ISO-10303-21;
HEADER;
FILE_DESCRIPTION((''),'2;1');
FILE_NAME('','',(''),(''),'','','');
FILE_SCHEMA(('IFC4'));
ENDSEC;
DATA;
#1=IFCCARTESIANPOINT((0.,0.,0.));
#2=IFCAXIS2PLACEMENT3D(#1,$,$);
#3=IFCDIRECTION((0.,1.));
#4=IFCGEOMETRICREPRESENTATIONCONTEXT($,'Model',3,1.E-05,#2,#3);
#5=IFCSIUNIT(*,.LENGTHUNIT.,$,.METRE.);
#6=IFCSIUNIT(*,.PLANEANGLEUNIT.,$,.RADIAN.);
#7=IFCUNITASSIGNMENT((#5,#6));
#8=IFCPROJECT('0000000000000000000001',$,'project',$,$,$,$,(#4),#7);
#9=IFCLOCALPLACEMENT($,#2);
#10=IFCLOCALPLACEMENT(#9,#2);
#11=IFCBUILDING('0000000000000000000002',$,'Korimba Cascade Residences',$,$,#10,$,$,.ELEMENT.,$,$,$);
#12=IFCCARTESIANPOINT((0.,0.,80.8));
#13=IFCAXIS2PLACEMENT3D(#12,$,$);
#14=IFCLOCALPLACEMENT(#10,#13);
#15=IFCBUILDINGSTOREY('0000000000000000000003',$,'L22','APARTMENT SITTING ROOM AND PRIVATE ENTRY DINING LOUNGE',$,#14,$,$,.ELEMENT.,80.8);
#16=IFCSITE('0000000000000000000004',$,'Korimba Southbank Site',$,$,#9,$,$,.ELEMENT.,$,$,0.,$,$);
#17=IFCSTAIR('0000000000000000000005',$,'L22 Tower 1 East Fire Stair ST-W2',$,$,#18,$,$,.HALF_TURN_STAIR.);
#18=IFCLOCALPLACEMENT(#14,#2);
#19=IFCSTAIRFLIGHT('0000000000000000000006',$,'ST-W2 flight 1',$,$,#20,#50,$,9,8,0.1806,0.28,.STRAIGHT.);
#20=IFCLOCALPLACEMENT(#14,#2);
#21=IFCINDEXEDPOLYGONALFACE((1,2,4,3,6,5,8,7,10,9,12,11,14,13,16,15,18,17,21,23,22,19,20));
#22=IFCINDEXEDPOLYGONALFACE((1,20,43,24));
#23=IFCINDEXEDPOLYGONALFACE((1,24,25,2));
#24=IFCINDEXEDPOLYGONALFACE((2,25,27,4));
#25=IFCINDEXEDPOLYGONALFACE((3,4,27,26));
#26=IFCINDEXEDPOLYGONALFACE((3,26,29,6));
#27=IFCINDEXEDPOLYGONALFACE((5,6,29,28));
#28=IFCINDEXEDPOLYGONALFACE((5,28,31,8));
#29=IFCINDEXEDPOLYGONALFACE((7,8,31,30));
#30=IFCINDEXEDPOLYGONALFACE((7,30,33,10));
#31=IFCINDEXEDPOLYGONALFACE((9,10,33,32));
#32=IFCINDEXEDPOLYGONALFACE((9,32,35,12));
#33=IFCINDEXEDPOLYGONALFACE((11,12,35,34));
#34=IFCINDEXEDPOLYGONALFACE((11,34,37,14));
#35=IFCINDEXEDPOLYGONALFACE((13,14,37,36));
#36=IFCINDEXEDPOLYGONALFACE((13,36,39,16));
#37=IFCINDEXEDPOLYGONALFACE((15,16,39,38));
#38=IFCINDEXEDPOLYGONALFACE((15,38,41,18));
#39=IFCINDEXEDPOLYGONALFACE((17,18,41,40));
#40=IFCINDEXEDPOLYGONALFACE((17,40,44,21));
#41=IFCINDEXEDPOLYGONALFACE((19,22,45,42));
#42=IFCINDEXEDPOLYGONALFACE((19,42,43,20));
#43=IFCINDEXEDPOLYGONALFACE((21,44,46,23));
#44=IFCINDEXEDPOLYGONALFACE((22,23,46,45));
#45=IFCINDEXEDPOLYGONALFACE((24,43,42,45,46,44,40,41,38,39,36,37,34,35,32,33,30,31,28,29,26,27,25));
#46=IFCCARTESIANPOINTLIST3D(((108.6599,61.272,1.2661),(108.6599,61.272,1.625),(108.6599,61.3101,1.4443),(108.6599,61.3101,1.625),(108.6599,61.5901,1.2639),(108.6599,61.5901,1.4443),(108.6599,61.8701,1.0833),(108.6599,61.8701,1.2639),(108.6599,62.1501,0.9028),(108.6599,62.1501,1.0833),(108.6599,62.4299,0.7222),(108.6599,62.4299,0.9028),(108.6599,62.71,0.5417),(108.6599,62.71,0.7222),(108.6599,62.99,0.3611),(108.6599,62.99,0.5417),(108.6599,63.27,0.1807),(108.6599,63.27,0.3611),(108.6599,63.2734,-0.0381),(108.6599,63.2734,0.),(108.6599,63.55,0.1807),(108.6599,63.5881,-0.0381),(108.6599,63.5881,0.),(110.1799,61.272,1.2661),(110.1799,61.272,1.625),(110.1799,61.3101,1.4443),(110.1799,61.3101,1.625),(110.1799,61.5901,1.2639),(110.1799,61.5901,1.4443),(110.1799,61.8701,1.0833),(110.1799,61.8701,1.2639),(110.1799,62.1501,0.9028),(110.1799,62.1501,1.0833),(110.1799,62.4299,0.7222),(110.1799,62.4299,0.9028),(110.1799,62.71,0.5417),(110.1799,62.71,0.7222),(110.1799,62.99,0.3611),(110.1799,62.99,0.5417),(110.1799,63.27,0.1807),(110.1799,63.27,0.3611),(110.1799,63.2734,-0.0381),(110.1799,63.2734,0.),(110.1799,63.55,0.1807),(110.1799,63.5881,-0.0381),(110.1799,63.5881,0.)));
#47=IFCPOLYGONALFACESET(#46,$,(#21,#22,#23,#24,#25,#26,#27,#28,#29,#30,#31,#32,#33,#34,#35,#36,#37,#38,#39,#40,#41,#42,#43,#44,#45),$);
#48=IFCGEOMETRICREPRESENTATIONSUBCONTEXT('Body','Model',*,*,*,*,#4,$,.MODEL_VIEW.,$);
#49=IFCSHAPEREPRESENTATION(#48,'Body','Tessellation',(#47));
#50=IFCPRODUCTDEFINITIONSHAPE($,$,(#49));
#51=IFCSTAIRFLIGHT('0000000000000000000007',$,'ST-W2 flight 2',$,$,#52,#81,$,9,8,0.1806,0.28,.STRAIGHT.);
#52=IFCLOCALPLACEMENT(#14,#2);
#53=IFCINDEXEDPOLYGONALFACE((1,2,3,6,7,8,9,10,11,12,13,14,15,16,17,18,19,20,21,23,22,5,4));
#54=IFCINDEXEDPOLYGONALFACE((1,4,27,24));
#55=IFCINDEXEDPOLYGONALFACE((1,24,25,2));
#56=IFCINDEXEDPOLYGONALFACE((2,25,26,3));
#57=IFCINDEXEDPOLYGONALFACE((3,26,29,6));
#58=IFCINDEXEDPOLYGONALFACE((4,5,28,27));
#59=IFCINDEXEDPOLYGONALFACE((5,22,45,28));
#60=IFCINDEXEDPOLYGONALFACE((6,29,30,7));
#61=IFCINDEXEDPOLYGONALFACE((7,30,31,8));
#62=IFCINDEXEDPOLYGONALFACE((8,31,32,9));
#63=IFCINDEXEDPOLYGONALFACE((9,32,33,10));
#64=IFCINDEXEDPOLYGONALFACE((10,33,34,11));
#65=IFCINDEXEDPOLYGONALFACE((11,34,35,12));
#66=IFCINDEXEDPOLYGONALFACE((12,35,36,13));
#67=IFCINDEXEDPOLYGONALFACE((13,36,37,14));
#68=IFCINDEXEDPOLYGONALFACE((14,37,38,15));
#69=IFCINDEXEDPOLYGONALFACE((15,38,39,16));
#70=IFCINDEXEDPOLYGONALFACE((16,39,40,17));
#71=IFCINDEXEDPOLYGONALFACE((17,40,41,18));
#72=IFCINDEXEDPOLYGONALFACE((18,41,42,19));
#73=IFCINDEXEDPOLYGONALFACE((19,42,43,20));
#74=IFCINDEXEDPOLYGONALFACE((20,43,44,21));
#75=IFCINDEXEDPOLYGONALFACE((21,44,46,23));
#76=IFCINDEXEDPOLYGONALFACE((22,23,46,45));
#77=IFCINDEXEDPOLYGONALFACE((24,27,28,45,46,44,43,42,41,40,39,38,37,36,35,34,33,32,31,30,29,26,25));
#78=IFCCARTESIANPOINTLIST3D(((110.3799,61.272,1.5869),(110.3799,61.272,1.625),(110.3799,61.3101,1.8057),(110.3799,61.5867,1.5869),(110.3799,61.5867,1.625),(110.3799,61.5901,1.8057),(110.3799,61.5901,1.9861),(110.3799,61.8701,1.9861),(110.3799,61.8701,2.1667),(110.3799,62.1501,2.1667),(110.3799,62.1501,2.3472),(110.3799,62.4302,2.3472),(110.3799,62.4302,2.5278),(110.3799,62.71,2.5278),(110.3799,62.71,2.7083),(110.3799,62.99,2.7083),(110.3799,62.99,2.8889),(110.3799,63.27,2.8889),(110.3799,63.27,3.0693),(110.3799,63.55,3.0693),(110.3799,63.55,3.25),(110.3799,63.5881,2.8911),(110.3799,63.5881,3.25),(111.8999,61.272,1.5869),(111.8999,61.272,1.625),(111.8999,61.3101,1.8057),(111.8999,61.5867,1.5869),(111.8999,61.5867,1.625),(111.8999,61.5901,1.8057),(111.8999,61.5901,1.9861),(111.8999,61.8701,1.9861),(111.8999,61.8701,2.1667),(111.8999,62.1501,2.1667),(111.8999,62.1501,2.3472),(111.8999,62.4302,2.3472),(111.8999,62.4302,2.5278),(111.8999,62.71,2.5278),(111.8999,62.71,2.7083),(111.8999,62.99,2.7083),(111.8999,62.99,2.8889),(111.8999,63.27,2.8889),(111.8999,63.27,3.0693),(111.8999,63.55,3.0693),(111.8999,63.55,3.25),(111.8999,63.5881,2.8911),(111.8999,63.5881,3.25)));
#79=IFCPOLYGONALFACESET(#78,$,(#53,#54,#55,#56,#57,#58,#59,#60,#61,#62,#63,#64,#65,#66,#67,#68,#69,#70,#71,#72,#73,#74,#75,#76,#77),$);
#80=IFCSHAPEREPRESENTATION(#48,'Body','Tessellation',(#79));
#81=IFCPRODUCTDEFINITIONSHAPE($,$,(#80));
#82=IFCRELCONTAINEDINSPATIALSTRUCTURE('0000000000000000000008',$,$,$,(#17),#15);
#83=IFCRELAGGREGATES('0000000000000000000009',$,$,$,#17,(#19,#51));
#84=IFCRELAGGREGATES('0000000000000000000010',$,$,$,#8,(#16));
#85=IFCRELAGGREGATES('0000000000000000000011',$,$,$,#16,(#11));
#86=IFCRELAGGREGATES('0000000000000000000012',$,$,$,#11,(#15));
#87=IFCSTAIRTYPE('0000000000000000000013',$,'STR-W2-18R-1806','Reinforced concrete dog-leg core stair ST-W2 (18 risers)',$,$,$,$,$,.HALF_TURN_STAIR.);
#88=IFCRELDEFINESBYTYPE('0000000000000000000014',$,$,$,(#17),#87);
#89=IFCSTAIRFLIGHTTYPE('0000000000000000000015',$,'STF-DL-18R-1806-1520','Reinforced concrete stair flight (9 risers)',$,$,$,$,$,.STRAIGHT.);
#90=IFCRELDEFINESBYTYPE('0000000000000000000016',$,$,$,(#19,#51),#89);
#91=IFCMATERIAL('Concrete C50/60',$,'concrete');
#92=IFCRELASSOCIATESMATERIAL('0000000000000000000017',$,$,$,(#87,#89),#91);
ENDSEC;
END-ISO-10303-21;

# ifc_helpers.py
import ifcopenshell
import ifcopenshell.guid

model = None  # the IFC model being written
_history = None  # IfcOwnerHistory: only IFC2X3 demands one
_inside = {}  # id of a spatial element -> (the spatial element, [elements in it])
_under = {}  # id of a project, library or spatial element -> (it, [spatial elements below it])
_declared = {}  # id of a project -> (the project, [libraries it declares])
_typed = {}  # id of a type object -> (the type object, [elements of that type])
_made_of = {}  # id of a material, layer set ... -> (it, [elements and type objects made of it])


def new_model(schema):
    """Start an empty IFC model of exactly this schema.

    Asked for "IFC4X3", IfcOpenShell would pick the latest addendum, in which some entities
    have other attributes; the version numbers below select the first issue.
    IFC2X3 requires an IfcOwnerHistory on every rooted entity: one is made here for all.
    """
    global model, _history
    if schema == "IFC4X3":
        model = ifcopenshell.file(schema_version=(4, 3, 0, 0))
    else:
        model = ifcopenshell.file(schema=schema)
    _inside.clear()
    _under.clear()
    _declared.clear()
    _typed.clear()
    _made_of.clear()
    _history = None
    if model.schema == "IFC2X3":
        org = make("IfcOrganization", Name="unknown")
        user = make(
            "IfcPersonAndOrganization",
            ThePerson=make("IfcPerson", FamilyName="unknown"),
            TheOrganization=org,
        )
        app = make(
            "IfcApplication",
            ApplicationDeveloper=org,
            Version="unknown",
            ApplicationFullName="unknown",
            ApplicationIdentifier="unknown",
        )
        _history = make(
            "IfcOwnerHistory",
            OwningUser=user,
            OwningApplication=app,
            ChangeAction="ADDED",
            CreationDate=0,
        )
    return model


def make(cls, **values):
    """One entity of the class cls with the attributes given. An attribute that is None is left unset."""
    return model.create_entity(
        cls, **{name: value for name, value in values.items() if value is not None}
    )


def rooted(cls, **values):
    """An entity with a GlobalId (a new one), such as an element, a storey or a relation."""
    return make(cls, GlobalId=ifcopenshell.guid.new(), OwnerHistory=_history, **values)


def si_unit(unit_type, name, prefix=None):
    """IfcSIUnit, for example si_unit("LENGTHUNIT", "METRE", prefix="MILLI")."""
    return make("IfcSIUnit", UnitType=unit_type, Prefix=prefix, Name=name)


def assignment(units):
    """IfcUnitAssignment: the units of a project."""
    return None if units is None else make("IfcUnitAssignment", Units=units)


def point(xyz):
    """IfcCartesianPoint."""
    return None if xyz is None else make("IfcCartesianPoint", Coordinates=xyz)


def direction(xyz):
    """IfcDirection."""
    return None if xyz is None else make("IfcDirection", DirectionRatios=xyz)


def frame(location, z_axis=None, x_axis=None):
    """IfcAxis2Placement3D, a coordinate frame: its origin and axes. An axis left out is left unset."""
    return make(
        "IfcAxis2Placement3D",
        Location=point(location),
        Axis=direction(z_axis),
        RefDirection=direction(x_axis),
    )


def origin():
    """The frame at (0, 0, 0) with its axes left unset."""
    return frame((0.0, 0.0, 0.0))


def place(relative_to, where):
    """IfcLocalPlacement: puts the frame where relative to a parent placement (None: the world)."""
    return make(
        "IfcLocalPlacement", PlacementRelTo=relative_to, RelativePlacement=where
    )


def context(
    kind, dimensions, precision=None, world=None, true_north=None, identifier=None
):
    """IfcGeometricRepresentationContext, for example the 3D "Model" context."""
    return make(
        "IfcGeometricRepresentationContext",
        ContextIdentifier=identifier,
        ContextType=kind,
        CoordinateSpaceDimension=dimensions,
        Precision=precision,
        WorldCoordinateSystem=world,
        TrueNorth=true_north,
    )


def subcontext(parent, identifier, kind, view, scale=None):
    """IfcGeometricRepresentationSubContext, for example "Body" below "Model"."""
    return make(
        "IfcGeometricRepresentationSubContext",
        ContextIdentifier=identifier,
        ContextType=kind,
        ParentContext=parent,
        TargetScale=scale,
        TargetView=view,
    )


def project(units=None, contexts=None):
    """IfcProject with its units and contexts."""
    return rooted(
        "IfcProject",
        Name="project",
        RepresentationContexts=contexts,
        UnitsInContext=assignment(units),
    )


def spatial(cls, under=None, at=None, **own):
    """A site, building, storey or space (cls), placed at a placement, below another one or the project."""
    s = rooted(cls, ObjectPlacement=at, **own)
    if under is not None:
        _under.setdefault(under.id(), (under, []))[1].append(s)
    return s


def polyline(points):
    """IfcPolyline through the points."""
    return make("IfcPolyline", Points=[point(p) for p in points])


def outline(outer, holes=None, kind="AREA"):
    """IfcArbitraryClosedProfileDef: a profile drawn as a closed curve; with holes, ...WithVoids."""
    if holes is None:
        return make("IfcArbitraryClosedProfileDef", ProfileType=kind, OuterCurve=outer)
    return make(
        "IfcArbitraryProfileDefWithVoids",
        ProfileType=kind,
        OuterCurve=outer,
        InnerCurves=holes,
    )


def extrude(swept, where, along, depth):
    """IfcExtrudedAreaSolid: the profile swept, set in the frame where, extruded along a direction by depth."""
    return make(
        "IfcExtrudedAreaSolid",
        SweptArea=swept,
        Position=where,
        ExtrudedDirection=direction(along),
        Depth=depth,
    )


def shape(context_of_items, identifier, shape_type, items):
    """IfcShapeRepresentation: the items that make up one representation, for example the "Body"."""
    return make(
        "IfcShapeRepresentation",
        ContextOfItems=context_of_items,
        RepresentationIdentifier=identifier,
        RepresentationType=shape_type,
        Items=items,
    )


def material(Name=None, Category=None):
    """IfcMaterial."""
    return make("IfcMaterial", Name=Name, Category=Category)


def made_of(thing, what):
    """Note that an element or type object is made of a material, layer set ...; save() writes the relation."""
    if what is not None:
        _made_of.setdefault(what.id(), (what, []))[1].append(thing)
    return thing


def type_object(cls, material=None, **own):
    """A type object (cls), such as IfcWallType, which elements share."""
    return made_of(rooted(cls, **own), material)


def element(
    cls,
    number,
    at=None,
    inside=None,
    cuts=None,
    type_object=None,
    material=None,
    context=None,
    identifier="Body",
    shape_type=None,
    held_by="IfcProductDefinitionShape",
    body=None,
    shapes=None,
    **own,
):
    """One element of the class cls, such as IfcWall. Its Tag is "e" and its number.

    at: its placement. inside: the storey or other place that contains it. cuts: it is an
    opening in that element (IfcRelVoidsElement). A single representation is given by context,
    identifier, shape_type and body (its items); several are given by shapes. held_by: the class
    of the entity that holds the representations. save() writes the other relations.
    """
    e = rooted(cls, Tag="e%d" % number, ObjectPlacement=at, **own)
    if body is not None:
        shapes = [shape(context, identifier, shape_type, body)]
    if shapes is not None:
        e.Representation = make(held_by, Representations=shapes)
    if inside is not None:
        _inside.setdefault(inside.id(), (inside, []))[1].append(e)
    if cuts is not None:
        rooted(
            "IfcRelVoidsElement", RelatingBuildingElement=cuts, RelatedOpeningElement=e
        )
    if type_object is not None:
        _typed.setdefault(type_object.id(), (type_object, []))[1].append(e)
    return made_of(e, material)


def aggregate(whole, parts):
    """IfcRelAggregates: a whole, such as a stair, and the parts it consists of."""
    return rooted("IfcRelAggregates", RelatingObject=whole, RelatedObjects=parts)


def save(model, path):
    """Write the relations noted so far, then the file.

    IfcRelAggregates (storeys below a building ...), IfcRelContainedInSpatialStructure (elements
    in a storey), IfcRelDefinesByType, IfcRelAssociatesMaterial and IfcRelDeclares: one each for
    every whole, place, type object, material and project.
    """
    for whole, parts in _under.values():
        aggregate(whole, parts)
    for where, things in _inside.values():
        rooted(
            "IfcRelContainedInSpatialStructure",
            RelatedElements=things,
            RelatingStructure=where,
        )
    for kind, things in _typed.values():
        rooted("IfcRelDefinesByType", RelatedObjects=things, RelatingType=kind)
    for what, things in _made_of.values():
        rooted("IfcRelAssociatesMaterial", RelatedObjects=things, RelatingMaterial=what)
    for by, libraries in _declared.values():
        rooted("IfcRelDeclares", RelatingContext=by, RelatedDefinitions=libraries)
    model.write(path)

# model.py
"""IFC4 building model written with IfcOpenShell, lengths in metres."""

from ifc_helpers import new_model, si_unit, direction, frame, origin, place, context, subcontext, project, spatial, polyline, outline, extrude, material, type_object, element, aggregate, save


model = new_model("IFC4")

# Units and contexts
model_context = context("Model", 3, precision=1e-05, world=origin(), true_north=direction((0.0, 1.0)))
body_context = subcontext(model_context, "Body", "Model", "MODEL_VIEW")
ifc_project = project(units=[si_unit("LENGTHUNIT", "METRE"), si_unit("PLANEANGLEUNIT", "RADIAN")], contexts=[model_context])

# Site, building, storey
site_placement = place(None, origin())
site = spatial("IfcSite", under=ifc_project, at=site_placement, Name="Korimba Southbank Site", CompositionType="ELEMENT", RefElevation=0.0)
building_placement = place(site_placement, origin())
building = spatial("IfcBuilding", under=site, at=building_placement, Name="Korimba Cascade Residences", CompositionType="ELEMENT")
storey_placement = place(building_placement, frame((0.0, 0.0, 80.8)))
storey = spatial("IfcBuildingStorey", under=building, at=storey_placement, Name="L22", Description="APARTMENT SITTING ROOM AND PRIVATE ENTRY DINING LOUNGE", CompositionType="ELEMENT", Elevation=80.8)

# Shared definitions
ifc_material_1 = material(Name="Concrete C50/60", Category="concrete")

# Stair, stair flights
stair_type = type_object("IfcStairType", Name="STR-W2-18R-1806", Description="Reinforced concrete dog-leg core stair ST-W2 (18 risers)", PredefinedType="HALF_TURN_STAIR", material=ifc_material_1)
stair_placement = place(storey_placement, origin())
stair = element("IfcStair", 1, at=stair_placement, inside=storey, type_object=stair_type, Name="L22 Tower 1 East Fire Stair ST-W2", PredefinedType="HALF_TURN_STAIR")
stair_flight_type = type_object("IfcStairFlightType", Name="STF-DL-18R-1806-1520", Description="Reinforced concrete stair flight (9 risers)", PredefinedType="STRAIGHT", material=ifc_material_1)
stair_flight_1_placement = place(storey_placement, frame((109.4199, 63.55, 0.0), z_axis=(0.0, 0.0, 1.0), x_axis=(0.0, -1.0, 0.0)))
stair_flight_1 = element("IfcStairFlight", 2, at=stair_flight_1_placement, type_object=stair_flight_type, Name="ST-W2 flight 1", NumberOfRisers=9, NumberOfTreads=8, PredefinedType="STRAIGHT", RiserHeight=0.1806, TreadLength=0.28, context=body_context, shape_type="SweptSolid", body=[
    extrude(outline(polyline([(-0.0381, 0.0), (0.0, 0.1807), (0.28, 0.1807), (0.28, 0.3611), (0.5601, 0.3611), (0.5601, 0.5417), (0.8401, 0.5417), (0.8401, 0.7222), (1.1201, 0.7222), (1.1201, 0.9028), (1.3999, 0.9028), (1.3999, 1.0833), (1.6799, 1.0833), (1.6799, 1.2639), (1.96, 1.2639), (1.96, 1.4443), (2.24, 1.4443), (2.24, 1.625), (2.2781, 1.625), (2.2781, 1.2661), (0.2766, 0.0), (0.2766, -0.0381), (-0.0381, -0.0381), (-0.0381, 0.0)])), frame((0.0, 0.76, 0.0), z_axis=(0.0, -1.0, 0.0), x_axis=(1.0, 0.0, 0.0)), (0.0, 0.0, 1.0), 1.52),
])
stair_flight_2_placement = place(storey_placement, frame((111.1399, 61.3101, 1.625), z_axis=(0.0, 0.0, 1.0), x_axis=(0.0, 1.0, 0.0)))
stair_flight_2 = element("IfcStairFlight", 3, at=stair_flight_2_placement, type_object=stair_flight_type, Name="ST-W2 flight 2", NumberOfRisers=9, NumberOfTreads=8, PredefinedType="STRAIGHT", RiserHeight=0.1806, TreadLength=0.28, context=body_context, shape_type="SweptSolid", body=[
    extrude(outline(polyline([(-0.0381, 0.0), (0.0, 0.1807), (0.28, 0.1807), (0.28, 0.3611), (0.5601, 0.3611), (0.5601, 0.5417), (0.8401, 0.5417), (0.8401, 0.7222), (1.1201, 0.7222), (1.1201, 0.9028), (1.3999, 0.9028), (1.3999, 1.0833), (1.6799, 1.0833), (1.6799, 1.2639), (1.96, 1.2639), (1.96, 1.4443), (2.24, 1.4443), (2.24, 1.625), (2.2781, 1.625), (2.2781, 1.2661), (0.2766, 0.0), (0.2766, -0.0381), (-0.0381, -0.0381), (-0.0381, 0.0)])), frame((0.0, 0.76, 0.0), z_axis=(0.0, -1.0, 0.0), x_axis=(1.0, 0.0, 0.0)), (0.0, 0.0, 1.0), 1.52),
])
aggregate(stair, [stair_flight_1, stair_flight_2])

save(model, "model.ifc")
